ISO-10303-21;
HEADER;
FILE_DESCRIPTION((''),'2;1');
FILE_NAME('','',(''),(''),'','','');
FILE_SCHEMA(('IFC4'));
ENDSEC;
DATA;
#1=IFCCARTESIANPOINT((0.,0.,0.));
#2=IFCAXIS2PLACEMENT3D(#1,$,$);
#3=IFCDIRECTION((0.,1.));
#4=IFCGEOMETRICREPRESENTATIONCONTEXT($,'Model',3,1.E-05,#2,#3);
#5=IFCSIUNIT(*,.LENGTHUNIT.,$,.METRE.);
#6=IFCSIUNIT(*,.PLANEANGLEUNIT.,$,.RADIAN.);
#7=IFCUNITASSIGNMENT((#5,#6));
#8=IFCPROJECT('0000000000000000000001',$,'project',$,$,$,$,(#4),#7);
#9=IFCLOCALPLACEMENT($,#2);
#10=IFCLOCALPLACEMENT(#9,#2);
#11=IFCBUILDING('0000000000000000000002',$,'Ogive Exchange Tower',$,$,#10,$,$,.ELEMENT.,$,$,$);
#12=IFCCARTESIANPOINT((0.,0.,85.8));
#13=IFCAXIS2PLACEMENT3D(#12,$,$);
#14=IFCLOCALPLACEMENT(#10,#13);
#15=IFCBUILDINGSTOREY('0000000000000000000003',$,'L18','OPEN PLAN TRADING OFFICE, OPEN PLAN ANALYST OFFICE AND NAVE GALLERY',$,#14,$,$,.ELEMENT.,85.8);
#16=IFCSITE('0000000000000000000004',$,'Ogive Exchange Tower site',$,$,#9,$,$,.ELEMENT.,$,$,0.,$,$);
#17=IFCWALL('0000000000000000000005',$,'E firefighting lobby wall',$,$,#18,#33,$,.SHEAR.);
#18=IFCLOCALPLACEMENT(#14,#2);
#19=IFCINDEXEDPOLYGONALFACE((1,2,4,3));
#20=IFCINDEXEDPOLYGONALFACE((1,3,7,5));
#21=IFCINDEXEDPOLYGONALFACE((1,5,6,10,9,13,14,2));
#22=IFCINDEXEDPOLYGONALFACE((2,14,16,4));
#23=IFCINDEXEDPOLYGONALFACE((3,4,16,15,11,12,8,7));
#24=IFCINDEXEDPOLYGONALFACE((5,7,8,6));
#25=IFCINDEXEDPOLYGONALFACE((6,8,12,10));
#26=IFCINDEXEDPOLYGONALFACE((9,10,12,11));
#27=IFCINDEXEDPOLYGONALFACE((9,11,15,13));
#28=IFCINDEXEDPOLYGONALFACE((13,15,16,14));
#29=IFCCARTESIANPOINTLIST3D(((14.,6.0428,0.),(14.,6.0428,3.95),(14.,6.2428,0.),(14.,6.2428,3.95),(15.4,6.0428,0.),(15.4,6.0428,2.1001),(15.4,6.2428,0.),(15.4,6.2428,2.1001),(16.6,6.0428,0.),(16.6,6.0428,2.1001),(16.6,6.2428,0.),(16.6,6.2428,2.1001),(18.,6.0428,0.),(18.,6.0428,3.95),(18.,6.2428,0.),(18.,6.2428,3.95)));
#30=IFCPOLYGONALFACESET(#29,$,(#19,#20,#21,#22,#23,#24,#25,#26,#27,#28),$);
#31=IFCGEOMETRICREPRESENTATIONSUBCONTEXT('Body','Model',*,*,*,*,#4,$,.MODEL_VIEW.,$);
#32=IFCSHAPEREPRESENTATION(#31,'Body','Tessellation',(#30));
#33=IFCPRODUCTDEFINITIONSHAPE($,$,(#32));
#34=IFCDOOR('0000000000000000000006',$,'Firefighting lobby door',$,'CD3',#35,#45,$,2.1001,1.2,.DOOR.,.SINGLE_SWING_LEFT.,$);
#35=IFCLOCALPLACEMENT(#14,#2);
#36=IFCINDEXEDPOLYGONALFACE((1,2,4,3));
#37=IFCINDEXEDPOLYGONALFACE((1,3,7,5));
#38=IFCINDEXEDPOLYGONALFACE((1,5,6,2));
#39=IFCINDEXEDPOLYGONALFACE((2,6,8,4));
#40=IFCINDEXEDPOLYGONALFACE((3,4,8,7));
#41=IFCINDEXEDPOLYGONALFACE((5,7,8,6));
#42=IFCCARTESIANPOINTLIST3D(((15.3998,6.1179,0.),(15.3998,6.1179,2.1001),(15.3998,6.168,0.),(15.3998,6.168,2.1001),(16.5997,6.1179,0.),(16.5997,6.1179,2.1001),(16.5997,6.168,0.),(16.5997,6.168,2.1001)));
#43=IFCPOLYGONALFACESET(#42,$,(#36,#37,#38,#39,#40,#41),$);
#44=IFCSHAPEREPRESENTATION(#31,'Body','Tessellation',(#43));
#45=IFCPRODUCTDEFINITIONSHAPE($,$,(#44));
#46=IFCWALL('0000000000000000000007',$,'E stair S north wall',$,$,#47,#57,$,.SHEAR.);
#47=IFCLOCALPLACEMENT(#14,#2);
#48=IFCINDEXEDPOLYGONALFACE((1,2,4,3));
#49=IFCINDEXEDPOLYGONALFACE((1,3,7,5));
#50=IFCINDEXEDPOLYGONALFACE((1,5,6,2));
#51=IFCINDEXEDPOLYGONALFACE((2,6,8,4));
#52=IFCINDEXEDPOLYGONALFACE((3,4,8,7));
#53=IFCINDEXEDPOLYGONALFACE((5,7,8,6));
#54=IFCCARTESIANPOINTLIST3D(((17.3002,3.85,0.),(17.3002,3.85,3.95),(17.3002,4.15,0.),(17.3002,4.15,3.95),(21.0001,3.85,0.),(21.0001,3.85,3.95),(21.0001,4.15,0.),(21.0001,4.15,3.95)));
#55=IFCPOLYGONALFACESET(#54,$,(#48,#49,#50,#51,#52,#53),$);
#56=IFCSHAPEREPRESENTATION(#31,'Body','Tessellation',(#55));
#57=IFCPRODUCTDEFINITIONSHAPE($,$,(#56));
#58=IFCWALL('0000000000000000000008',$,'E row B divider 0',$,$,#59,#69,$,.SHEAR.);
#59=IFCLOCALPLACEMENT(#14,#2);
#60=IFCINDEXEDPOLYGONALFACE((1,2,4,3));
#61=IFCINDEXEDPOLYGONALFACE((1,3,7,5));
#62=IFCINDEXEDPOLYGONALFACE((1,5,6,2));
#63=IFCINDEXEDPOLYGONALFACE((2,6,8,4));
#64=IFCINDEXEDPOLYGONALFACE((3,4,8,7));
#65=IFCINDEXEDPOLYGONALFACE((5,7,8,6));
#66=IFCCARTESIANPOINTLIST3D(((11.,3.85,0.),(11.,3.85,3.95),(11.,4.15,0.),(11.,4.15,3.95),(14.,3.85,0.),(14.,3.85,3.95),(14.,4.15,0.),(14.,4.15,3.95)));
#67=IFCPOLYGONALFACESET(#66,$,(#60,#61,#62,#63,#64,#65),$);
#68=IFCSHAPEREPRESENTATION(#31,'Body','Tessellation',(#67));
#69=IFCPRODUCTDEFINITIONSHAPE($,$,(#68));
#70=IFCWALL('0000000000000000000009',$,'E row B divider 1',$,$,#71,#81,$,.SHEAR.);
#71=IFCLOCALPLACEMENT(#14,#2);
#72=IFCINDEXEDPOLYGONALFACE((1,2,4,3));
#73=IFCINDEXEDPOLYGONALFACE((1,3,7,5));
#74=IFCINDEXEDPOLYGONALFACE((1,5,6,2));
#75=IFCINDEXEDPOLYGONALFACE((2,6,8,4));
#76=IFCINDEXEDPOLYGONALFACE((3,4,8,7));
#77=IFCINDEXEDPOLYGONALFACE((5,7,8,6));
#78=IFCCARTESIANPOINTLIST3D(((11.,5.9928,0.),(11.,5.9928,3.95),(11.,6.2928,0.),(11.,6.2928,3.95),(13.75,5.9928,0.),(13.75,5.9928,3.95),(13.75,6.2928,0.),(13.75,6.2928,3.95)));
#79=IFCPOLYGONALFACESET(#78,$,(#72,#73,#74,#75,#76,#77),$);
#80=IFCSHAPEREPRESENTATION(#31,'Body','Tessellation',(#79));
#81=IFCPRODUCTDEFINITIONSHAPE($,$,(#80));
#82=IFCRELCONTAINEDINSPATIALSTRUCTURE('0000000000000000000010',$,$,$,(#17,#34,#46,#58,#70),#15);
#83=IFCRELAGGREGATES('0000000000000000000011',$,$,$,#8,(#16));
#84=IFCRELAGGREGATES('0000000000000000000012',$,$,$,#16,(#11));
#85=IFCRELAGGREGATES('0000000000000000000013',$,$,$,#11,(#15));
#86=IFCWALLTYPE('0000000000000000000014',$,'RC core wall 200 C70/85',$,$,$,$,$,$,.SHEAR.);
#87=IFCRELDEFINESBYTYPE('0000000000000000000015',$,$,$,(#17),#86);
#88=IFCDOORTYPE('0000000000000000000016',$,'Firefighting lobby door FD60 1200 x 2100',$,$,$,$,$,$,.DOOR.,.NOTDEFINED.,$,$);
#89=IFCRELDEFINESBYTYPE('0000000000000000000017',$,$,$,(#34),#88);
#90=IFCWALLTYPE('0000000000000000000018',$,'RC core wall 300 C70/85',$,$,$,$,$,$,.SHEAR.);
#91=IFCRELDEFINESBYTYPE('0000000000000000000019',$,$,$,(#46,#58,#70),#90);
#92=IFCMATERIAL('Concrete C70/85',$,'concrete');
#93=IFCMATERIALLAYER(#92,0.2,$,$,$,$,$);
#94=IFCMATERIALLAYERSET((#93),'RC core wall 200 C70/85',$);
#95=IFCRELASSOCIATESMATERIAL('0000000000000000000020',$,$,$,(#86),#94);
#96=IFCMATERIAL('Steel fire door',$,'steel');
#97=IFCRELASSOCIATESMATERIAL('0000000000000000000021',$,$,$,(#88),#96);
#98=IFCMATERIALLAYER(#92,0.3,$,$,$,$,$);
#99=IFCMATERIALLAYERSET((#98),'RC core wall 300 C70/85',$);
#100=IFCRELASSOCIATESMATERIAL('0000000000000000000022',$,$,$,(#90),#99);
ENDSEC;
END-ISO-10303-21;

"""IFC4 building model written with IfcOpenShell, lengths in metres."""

from ifc_helpers import new_model, si_unit, direction, frame, frame_2d, origin, place, context, subcontext, project, spatial, rectangle, extrude, material, layer, layer_set, type_object, element, fill, save


model = new_model("IFC4")

# Units and contexts
model_context = context("Model", 3, precision=1e-05, world=origin(), true_north=direction((0.0, 1.0)))
body_context = subcontext(model_context, "Body", "Model", "MODEL_VIEW")
ifc_project = project(units=[si_unit("LENGTHUNIT", "METRE"), si_unit("PLANEANGLEUNIT", "RADIAN")], contexts=[model_context])

# Site, building, storey
site_placement = place(None, origin())
site = spatial("IfcSite", under=ifc_project, at=site_placement, Name="Ogive Exchange Tower site", CompositionType="ELEMENT", RefElevation=0.0)
building_placement = place(site_placement, origin())
building = spatial("IfcBuilding", under=site, at=building_placement, Name="Ogive Exchange Tower", CompositionType="ELEMENT")
storey_placement = place(building_placement, frame((0.0, 0.0, 85.8)))
storey = spatial("IfcBuildingStorey", under=building, at=storey_placement, Name="L18", Description="OPEN PLAN TRADING OFFICE, OPEN PLAN ANALYST OFFICE AND NAVE GALLERY", CompositionType="ELEMENT", Elevation=85.8)

# Wall, opening, door
ifc_material_1 = material(Name="Concrete C70/85", Category="concrete")
ifc_layer_1 = layer(ifc_material_1, 0.2)
ifc_layer_set_1 = layer_set([ifc_layer_1], Name="RC core wall 200 C70/85")
wall_type_1 = type_object("IfcWallType", Name="RC core wall 200 C70/85", PredefinedType="SHEAR", material=ifc_layer_set_1)
wall_1_placement = place(storey_placement, frame((14.0, 6.1428, 0.0), z_axis=(0.0, 0.0, 1.0), x_axis=(1.0, 0.0, 0.0)))
wall_1 = element("IfcWall", 1, at=wall_1_placement, inside=storey, type_object=wall_type_1, Name="E firefighting lobby wall", PredefinedType="SHEAR", context=body_context, shape_type="SweptSolid", body=[
    extrude(rectangle(XDim=4.0, YDim=0.2, at=frame_2d((2.0, 0.0))), origin(), (0.0, 0.0, 1.0), 3.95),
])
opening_placement = place(wall_1_placement, frame((1.3999, 0.0, 0.0)))
opening = element("IfcOpeningElement", 2, at=opening_placement, cuts=wall_1, PredefinedType="OPENING", context=body_context, shape_type="SweptSolid", body=[
    extrude(rectangle(XDim=1.2, YDim=2.1001, at=frame_2d((0.6001, 1.05))), frame((0.0, 0.1099, 0.0), z_axis=(0.0, -1.0, 0.0), x_axis=(1.0, 0.0, 0.0)), (0.0, 0.0, 1.0), 0.22),
])
ifc_material_2 = material(Name="Steel fire door", Category="steel")
door_type = type_object("IfcDoorType", Name="Firefighting lobby door FD60 1200 x 2100", OperationType="NOTDEFINED", PredefinedType="DOOR", material=ifc_material_2)
door_placement = place(opening_placement, frame((1.2, 0.0, 0.0), z_axis=(0.0, 0.0, 1.0), x_axis=(-1.0, 0.0, 0.0)))
door = element("IfcDoor", 3, at=door_placement, inside=storey, type_object=door_type, Name="Firefighting lobby door", ObjectType="CD3", OperationType="SINGLE_SWING_LEFT", OverallHeight=2.1001, OverallWidth=1.2, PredefinedType="DOOR", context=body_context, shape_type="SweptSolid", body=[
    extrude(rectangle(XDim=1.2, YDim=2.1001, at=frame_2d((0.6001, 1.05))), frame((0.0, 0.0249, 0.0), z_axis=(0.0, -1.0, 0.0), x_axis=(1.0, 0.0, 0.0)), (0.0, 0.0, 1.0), 0.05),
])
fill(opening, door)

# Walls
ifc_layer_2 = layer(ifc_material_1, 0.3)
ifc_layer_set_2 = layer_set([ifc_layer_2], Name="RC core wall 300 C70/85")
wall_type_2 = type_object("IfcWallType", Name="RC core wall 300 C70/85", PredefinedType="SHEAR", material=ifc_layer_set_2)
wall_2_placement = place(storey_placement, frame((17.3, 4.0, 0.0), z_axis=(0.0, 0.0, 1.0), x_axis=(1.0, 0.0, 0.0)))
element("IfcWall", 4, at=wall_2_placement, inside=storey, type_object=wall_type_2, Name="E stair S north wall", PredefinedType="SHEAR", context=body_context, shape_type="SweptSolid", body=[
    extrude(rectangle(XDim=3.7, YDim=0.3, at=frame_2d((1.8501, 0.0))), origin(), (0.0, 0.0, 1.0), 3.95),
])
wall_3_placement = place(storey_placement, frame((11.0, 4.0, 0.0), z_axis=(0.0, 0.0, 1.0), x_axis=(1.0, 0.0, 0.0)))
element("IfcWall", 5, at=wall_3_placement, inside=storey, type_object=wall_type_2, Name="E row B divider 0", PredefinedType="SHEAR", context=body_context, shape_type="SweptSolid", body=[
    extrude(rectangle(XDim=3.0, YDim=0.3, at=frame_2d((1.5, 0.0))), origin(), (0.0, 0.0, 1.0), 3.95),
])
wall_4_placement = place(storey_placement, frame((11.0, 6.1428, 0.0), z_axis=(0.0, 0.0, 1.0), x_axis=(1.0, 0.0, 0.0)))
element("IfcWall", 6, at=wall_4_placement, inside=storey, type_object=wall_type_2, Name="E row B divider 1", PredefinedType="SHEAR", context=body_context, shape_type="SweptSolid", body=[
    extrude(rectangle(XDim=2.75, YDim=0.3, at=frame_2d((1.375, 0.0))), origin(), (0.0, 0.0, 1.0), 3.95),
])

save(model, "model.ifc")
